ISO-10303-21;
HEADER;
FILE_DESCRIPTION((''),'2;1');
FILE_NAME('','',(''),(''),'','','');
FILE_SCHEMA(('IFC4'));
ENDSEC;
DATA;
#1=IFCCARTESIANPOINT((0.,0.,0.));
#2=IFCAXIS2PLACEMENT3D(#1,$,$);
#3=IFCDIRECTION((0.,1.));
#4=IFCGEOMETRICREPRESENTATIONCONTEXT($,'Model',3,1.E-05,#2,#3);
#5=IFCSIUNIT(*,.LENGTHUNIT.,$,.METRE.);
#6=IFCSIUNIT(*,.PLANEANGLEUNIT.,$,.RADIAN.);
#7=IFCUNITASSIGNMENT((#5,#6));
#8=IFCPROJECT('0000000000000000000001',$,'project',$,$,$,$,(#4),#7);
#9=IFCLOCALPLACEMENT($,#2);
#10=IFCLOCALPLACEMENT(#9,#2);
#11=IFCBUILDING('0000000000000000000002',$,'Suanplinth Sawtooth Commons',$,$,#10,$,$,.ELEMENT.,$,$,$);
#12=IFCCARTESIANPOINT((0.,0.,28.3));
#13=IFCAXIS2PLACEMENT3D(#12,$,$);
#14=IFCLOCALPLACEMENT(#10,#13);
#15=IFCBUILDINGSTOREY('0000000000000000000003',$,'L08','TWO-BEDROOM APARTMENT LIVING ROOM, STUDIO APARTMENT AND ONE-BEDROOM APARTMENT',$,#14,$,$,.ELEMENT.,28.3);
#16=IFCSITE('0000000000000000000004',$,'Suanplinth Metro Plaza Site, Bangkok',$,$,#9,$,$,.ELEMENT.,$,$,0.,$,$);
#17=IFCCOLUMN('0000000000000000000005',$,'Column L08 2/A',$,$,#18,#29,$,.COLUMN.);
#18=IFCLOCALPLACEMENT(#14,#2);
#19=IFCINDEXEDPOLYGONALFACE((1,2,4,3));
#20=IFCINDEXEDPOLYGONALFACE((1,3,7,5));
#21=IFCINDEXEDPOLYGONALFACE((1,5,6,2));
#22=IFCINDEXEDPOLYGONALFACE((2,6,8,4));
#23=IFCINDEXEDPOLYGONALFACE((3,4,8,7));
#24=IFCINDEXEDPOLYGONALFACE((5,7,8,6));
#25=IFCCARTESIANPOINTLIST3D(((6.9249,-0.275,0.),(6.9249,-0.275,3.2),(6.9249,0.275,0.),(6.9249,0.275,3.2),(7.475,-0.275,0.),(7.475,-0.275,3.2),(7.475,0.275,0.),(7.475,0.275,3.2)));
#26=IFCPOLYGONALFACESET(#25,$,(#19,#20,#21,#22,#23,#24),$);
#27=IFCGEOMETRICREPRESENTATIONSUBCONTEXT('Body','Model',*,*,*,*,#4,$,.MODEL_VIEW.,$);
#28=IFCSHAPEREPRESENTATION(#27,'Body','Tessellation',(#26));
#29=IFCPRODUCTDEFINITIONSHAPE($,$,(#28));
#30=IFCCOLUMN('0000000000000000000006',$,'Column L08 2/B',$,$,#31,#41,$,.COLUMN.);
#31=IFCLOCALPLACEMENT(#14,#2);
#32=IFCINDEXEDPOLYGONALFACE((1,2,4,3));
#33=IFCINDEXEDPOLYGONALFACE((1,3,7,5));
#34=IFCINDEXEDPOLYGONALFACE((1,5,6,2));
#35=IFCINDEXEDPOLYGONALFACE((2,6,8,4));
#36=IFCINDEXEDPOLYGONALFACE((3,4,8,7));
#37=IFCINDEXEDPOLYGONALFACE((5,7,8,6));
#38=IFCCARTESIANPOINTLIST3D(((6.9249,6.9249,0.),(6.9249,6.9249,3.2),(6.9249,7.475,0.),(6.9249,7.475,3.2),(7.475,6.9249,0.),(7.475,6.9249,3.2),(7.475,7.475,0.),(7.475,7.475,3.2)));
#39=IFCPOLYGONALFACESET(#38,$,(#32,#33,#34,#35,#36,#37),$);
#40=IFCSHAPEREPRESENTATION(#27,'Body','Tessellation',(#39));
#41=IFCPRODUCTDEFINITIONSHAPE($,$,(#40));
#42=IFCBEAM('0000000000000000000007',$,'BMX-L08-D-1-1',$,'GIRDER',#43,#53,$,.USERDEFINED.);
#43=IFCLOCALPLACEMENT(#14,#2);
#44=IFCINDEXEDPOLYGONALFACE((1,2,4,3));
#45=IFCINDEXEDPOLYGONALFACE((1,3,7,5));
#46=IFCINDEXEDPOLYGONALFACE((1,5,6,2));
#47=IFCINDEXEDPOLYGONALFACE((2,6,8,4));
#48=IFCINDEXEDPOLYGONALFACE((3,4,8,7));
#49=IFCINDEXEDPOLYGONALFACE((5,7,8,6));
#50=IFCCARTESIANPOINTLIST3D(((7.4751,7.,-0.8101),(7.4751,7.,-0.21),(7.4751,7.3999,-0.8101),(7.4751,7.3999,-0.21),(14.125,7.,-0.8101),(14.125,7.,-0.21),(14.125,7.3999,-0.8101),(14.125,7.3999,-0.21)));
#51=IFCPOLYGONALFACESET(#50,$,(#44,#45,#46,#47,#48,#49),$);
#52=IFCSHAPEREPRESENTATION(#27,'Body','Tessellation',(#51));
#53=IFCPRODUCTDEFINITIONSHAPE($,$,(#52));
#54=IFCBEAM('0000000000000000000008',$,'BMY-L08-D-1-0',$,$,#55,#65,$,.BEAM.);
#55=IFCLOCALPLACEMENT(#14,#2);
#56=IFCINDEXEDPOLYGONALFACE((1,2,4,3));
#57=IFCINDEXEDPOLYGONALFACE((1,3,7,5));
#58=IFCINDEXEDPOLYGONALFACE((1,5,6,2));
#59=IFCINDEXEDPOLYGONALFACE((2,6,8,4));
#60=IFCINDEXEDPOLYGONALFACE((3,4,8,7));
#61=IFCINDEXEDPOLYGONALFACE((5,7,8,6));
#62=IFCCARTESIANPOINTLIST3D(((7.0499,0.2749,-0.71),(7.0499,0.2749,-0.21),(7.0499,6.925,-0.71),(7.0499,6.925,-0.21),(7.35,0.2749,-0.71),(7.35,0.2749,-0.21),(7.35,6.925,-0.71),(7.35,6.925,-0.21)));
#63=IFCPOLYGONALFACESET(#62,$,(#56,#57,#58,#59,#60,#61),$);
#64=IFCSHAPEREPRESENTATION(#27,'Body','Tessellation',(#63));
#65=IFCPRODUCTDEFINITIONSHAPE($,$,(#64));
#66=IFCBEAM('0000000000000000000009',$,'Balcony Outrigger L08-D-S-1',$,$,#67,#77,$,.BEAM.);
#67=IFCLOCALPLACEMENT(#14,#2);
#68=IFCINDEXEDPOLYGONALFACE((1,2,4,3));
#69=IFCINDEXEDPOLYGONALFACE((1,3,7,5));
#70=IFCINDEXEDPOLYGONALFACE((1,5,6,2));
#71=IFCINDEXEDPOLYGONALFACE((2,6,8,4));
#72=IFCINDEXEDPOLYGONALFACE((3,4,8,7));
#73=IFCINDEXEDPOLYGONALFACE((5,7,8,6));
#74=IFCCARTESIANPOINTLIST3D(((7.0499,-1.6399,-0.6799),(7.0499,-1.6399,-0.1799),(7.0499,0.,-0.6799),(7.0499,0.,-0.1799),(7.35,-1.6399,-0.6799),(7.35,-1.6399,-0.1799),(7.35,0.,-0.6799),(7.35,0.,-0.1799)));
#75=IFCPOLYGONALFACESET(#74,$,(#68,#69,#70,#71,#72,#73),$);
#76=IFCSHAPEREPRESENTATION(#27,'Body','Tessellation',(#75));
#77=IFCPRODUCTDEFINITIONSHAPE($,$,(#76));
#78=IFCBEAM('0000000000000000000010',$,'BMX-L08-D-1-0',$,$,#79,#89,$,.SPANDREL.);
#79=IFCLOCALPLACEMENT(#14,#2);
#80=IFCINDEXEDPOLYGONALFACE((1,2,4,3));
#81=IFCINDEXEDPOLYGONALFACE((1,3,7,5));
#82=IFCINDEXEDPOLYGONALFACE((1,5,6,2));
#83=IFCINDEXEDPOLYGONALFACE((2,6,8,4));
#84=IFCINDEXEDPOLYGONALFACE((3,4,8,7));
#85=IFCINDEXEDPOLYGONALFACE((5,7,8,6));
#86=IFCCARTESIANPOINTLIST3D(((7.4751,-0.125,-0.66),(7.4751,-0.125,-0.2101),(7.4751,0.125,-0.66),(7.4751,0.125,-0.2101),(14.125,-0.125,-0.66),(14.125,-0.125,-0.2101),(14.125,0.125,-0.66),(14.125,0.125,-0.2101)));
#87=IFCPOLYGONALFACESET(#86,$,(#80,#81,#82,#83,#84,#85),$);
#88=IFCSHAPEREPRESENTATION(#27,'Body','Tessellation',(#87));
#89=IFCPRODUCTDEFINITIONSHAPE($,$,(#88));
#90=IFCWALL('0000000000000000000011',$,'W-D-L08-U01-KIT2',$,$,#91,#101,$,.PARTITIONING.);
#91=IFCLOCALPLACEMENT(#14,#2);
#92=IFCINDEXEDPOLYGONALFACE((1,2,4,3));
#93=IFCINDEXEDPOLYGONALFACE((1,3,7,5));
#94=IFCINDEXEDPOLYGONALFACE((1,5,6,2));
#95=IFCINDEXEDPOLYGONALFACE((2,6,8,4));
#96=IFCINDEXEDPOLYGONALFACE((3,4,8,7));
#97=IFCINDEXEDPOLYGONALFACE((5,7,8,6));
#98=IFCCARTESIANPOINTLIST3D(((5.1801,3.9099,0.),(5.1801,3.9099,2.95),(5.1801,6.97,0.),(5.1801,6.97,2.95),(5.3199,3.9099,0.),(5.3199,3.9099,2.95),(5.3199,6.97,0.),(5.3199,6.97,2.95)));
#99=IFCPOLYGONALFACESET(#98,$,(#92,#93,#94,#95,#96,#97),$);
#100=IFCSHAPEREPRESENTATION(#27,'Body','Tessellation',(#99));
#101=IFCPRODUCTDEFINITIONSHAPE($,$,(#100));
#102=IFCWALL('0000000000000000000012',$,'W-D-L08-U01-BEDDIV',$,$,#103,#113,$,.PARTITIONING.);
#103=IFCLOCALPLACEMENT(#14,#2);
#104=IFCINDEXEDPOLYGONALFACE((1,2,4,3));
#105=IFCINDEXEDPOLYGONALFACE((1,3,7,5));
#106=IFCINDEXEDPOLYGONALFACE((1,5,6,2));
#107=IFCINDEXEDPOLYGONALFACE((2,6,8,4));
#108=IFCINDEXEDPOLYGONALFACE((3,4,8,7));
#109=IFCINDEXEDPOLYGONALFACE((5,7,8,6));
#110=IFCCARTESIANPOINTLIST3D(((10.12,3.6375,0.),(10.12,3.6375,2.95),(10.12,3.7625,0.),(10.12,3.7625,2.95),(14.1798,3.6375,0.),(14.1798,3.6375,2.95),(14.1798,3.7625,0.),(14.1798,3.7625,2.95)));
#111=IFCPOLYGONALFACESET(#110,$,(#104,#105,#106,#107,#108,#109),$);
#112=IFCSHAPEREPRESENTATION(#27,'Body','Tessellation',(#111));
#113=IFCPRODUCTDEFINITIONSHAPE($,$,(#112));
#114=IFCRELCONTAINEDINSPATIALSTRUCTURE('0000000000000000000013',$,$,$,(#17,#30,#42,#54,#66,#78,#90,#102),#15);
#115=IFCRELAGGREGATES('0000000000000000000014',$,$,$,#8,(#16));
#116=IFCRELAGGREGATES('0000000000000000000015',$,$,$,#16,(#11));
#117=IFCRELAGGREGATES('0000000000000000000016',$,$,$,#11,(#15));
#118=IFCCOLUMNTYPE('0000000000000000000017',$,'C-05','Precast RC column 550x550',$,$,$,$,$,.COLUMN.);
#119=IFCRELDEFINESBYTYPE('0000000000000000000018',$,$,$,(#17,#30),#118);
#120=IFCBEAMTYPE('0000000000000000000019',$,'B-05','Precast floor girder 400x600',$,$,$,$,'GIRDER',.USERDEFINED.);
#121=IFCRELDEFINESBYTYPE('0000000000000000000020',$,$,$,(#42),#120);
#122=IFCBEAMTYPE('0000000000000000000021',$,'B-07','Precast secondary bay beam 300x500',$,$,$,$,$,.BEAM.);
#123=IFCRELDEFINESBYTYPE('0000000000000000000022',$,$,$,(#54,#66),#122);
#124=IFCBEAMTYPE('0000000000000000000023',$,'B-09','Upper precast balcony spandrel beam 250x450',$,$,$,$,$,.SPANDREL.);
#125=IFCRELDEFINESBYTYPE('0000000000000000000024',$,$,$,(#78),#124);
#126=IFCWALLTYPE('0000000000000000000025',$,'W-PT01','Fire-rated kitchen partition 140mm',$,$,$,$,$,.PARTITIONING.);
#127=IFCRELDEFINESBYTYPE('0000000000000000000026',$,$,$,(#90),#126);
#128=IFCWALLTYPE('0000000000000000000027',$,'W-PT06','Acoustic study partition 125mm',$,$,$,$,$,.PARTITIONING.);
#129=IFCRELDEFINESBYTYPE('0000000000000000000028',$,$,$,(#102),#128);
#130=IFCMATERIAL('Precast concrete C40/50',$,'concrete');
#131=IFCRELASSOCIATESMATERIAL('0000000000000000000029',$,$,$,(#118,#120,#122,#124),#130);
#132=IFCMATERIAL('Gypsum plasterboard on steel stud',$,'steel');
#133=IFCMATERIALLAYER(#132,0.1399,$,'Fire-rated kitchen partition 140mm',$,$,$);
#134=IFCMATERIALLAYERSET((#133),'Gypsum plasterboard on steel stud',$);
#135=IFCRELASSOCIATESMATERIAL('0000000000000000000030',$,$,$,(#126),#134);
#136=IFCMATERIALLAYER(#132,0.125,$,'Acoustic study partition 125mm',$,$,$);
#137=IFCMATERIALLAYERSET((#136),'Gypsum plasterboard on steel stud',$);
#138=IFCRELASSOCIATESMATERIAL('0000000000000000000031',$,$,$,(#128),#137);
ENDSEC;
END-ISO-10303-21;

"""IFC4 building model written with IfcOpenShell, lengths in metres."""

from ifc_helpers import new_model, si_unit, direction, frame, frame_2d, origin, origin_2d, place, context, subcontext, project, spatial, rectangle, extrude, material, layer, layer_set, material_profile, profile_set, type_object, element, save


model = new_model("IFC4")

# Units and contexts
model_context = context("Model", 3, precision=1e-05, world=origin(), true_north=direction((0.0, 1.0)))
body_context = subcontext(model_context, "Body", "Model", "MODEL_VIEW")
ifc_project = project(units=[si_unit("LENGTHUNIT", "METRE"), si_unit("PLANEANGLEUNIT", "RADIAN")], contexts=[model_context])

# Site, building, storey
site_placement = place(None, origin())
site = spatial("IfcSite", under=ifc_project, at=site_placement, Name="Suanplinth Metro Plaza Site, Bangkok", CompositionType="ELEMENT", RefElevation=0.0)
building_placement = place(site_placement, origin())
building = spatial("IfcBuilding", under=site, at=building_placement, Name="Suanplinth Sawtooth Commons", CompositionType="ELEMENT")
storey_placement = place(building_placement, frame((0.0, 0.0, 28.3)))
storey = spatial("IfcBuildingStorey", under=building, at=storey_placement, Name="L08", Description="TWO-BEDROOM APARTMENT LIVING ROOM, STUDIO APARTMENT AND ONE-BEDROOM APARTMENT", CompositionType="ELEMENT", Elevation=28.3)

# Columns
ifc_material_1 = material(Name="Precast concrete C40/50", Category="concrete")
ifc_material_profile_1 = material_profile(ifc_material_1, rectangle(XDim=0.55, YDim=0.55, at=origin_2d()), Name="PC-COL 550x550")
ifc_profile_set_1 = profile_set([ifc_material_profile_1], Name="Precast concrete C40/50")
column_type = type_object("IfcColumnType", Name="C-05", Description="Precast RC column 550x550", PredefinedType="COLUMN", material=ifc_profile_set_1)
for number, where, z_axis, x_axis, name in (
    (1, (7.2, 0.0, 0.0), (0.0, 0.0, 1.0), (1.0, 0.0, 0.0), "Column L08 2/A"),
    (2, (7.2, 7.2, 0.0), (0.0, 0.0, 1.0), (1.0, 0.0, 0.0), "Column L08 2/B"),
):
    element("IfcColumn", number, at=place(storey_placement, frame(where, z_axis=z_axis, x_axis=x_axis)), inside=storey, type_object=column_type, Name=name, PredefinedType="COLUMN", context=body_context, shape_type="SweptSolid", body=[
        extrude(rectangle(XDim=0.55, YDim=0.55, at=origin_2d()), origin(), (0.0, 0.0, 1.0), 3.2),
    ])

# Beams
ifc_material_profile_2 = material_profile(ifc_material_1, rectangle(XDim=0.3999, YDim=0.6001, at=origin_2d()), Name="PC-GDR 400x600")
ifc_profile_set_2 = profile_set([ifc_material_profile_2], Name="Precast concrete C40/50")
beam_type_1 = type_object("IfcBeamType", Name="B-05", Description="Precast floor girder 400x600", ElementType="GIRDER", PredefinedType="USERDEFINED", material=ifc_profile_set_2)
beam_1_placement = place(storey_placement, frame((7.4751, 7.2, -0.51), z_axis=(1.0, 0.0, 0.0), x_axis=(0.0, 1.0, 0.0)))
element("IfcBeam", 3, at=beam_1_placement, inside=storey, type_object=beam_type_1, Name="BMX-L08-D-1-1", ObjectType="GIRDER", PredefinedType="USERDEFINED", context=body_context, shape_type="SweptSolid", body=[
    extrude(rectangle(XDim=0.3999, YDim=0.6001, at=origin_2d()), origin(), (0.0, 0.0, 1.0), 6.6499),
])
ifc_material_profile_3 = material_profile(ifc_material_1, rectangle(XDim=0.3, YDim=0.5, at=origin_2d()), Name="PC-BM 300x500")
ifc_profile_set_3 = profile_set([ifc_material_profile_3], Name="Precast concrete C40/50")
beam_type_2 = type_object("IfcBeamType", Name="B-07", Description="Precast secondary bay beam 300x500", PredefinedType="BEAM", material=ifc_profile_set_3)
beam_2_placement = place(storey_placement, frame((7.2, 0.2749, -0.46), z_axis=(0.0, 1.0, 0.0), x_axis=(-1.0, 0.0, 0.0)))
element("IfcBeam", 4, at=beam_2_placement, inside=storey, type_object=beam_type_2, Name="BMY-L08-D-1-0", PredefinedType="BEAM", context=body_context, shape_type="SweptSolid", body=[
    extrude(rectangle(XDim=0.3, YDim=0.5, at=origin_2d()), origin(), (0.0, 0.0, 1.0), 6.6501),
])
beam_3_placement = place(storey_placement, frame((7.2, 0.0, -0.4299), z_axis=(0.0, -1.0, 0.0), x_axis=(1.0, 0.0, 0.0)))
element("IfcBeam", 5, at=beam_3_placement, inside=storey, type_object=beam_type_2, Name="Balcony Outrigger L08-D-S-1", PredefinedType="BEAM", context=body_context, shape_type="SweptSolid", body=[
    extrude(rectangle(XDim=0.3, YDim=0.5, at=origin_2d()), origin(), (0.0, 0.0, 1.0), 1.6399),
])
ifc_material_profile_4 = material_profile(ifc_material_1, rectangle(XDim=0.25, YDim=0.45, at=origin_2d()), Name="PC-SP 250x450")
ifc_profile_set_4 = profile_set([ifc_material_profile_4], Name="Precast concrete C40/50")
beam_type_3 = type_object("IfcBeamType", Name="B-09", Description="Upper precast balcony spandrel beam 250x450", PredefinedType="SPANDREL", material=ifc_profile_set_4)
beam_4_placement = place(storey_placement, frame((7.4751, 0.0, -0.4351), z_axis=(1.0, 0.0, 0.0), x_axis=(0.0, 1.0, 0.0)))
element("IfcBeam", 6, at=beam_4_placement, inside=storey, type_object=beam_type_3, Name="BMX-L08-D-1-0", PredefinedType="SPANDREL", context=body_context, shape_type="SweptSolid", body=[
    extrude(rectangle(XDim=0.25, YDim=0.45, at=origin_2d()), origin(), (0.0, 0.0, 1.0), 6.6499),
])

# Wall
ifc_material_2 = material(Name="Gypsum plasterboard on steel stud", Category="steel")
ifc_layer_1 = layer(ifc_material_2, 0.1399, Name="Fire-rated kitchen partition 140mm")
ifc_layer_set_1 = layer_set([ifc_layer_1], Name="Gypsum plasterboard on steel stud")
wall_type_1 = type_object("IfcWallType", Name="W-PT01", Description="Fire-rated kitchen partition 140mm", PredefinedType="PARTITIONING", material=ifc_layer_set_1)
wall_1_placement = place(storey_placement, frame((5.25, 3.9099, 0.0), z_axis=(0.0, 0.0, 1.0), x_axis=(0.0, 1.0, 0.0)))
element("IfcWall", 7, at=wall_1_placement, inside=storey, type_object=wall_type_1, Name="W-D-L08-U01-KIT2", PredefinedType="PARTITIONING", context=body_context, shape_type="SweptSolid", body=[
    extrude(rectangle(XDim=3.0601, YDim=0.1399, at=frame_2d((1.53, 0.0))), origin(), (0.0, 0.0, 1.0), 2.95),
])

# Wall
ifc_layer_2 = layer(ifc_material_2, 0.125, Name="Acoustic study partition 125mm")
ifc_layer_set_2 = layer_set([ifc_layer_2], Name="Gypsum plasterboard on steel stud")
wall_type_2 = type_object("IfcWallType", Name="W-PT06", Description="Acoustic study partition 125mm", PredefinedType="PARTITIONING", material=ifc_layer_set_2)
wall_2_placement = place(storey_placement, frame((10.1201, 3.7, 0.0), z_axis=(0.0, 0.0, 1.0), x_axis=(1.0, 0.0, 0.0)))
element("IfcWall", 8, at=wall_2_placement, inside=storey, type_object=wall_type_2, Name="W-D-L08-U01-BEDDIV", PredefinedType="PARTITIONING", context=body_context, shape_type="SweptSolid", body=[
    extrude(rectangle(XDim=4.0598, YDim=0.125, at=frame_2d((2.0298, 0.0))), origin(), (0.0, 0.0, 1.0), 2.95),
])

save(model, "model.ifc")
